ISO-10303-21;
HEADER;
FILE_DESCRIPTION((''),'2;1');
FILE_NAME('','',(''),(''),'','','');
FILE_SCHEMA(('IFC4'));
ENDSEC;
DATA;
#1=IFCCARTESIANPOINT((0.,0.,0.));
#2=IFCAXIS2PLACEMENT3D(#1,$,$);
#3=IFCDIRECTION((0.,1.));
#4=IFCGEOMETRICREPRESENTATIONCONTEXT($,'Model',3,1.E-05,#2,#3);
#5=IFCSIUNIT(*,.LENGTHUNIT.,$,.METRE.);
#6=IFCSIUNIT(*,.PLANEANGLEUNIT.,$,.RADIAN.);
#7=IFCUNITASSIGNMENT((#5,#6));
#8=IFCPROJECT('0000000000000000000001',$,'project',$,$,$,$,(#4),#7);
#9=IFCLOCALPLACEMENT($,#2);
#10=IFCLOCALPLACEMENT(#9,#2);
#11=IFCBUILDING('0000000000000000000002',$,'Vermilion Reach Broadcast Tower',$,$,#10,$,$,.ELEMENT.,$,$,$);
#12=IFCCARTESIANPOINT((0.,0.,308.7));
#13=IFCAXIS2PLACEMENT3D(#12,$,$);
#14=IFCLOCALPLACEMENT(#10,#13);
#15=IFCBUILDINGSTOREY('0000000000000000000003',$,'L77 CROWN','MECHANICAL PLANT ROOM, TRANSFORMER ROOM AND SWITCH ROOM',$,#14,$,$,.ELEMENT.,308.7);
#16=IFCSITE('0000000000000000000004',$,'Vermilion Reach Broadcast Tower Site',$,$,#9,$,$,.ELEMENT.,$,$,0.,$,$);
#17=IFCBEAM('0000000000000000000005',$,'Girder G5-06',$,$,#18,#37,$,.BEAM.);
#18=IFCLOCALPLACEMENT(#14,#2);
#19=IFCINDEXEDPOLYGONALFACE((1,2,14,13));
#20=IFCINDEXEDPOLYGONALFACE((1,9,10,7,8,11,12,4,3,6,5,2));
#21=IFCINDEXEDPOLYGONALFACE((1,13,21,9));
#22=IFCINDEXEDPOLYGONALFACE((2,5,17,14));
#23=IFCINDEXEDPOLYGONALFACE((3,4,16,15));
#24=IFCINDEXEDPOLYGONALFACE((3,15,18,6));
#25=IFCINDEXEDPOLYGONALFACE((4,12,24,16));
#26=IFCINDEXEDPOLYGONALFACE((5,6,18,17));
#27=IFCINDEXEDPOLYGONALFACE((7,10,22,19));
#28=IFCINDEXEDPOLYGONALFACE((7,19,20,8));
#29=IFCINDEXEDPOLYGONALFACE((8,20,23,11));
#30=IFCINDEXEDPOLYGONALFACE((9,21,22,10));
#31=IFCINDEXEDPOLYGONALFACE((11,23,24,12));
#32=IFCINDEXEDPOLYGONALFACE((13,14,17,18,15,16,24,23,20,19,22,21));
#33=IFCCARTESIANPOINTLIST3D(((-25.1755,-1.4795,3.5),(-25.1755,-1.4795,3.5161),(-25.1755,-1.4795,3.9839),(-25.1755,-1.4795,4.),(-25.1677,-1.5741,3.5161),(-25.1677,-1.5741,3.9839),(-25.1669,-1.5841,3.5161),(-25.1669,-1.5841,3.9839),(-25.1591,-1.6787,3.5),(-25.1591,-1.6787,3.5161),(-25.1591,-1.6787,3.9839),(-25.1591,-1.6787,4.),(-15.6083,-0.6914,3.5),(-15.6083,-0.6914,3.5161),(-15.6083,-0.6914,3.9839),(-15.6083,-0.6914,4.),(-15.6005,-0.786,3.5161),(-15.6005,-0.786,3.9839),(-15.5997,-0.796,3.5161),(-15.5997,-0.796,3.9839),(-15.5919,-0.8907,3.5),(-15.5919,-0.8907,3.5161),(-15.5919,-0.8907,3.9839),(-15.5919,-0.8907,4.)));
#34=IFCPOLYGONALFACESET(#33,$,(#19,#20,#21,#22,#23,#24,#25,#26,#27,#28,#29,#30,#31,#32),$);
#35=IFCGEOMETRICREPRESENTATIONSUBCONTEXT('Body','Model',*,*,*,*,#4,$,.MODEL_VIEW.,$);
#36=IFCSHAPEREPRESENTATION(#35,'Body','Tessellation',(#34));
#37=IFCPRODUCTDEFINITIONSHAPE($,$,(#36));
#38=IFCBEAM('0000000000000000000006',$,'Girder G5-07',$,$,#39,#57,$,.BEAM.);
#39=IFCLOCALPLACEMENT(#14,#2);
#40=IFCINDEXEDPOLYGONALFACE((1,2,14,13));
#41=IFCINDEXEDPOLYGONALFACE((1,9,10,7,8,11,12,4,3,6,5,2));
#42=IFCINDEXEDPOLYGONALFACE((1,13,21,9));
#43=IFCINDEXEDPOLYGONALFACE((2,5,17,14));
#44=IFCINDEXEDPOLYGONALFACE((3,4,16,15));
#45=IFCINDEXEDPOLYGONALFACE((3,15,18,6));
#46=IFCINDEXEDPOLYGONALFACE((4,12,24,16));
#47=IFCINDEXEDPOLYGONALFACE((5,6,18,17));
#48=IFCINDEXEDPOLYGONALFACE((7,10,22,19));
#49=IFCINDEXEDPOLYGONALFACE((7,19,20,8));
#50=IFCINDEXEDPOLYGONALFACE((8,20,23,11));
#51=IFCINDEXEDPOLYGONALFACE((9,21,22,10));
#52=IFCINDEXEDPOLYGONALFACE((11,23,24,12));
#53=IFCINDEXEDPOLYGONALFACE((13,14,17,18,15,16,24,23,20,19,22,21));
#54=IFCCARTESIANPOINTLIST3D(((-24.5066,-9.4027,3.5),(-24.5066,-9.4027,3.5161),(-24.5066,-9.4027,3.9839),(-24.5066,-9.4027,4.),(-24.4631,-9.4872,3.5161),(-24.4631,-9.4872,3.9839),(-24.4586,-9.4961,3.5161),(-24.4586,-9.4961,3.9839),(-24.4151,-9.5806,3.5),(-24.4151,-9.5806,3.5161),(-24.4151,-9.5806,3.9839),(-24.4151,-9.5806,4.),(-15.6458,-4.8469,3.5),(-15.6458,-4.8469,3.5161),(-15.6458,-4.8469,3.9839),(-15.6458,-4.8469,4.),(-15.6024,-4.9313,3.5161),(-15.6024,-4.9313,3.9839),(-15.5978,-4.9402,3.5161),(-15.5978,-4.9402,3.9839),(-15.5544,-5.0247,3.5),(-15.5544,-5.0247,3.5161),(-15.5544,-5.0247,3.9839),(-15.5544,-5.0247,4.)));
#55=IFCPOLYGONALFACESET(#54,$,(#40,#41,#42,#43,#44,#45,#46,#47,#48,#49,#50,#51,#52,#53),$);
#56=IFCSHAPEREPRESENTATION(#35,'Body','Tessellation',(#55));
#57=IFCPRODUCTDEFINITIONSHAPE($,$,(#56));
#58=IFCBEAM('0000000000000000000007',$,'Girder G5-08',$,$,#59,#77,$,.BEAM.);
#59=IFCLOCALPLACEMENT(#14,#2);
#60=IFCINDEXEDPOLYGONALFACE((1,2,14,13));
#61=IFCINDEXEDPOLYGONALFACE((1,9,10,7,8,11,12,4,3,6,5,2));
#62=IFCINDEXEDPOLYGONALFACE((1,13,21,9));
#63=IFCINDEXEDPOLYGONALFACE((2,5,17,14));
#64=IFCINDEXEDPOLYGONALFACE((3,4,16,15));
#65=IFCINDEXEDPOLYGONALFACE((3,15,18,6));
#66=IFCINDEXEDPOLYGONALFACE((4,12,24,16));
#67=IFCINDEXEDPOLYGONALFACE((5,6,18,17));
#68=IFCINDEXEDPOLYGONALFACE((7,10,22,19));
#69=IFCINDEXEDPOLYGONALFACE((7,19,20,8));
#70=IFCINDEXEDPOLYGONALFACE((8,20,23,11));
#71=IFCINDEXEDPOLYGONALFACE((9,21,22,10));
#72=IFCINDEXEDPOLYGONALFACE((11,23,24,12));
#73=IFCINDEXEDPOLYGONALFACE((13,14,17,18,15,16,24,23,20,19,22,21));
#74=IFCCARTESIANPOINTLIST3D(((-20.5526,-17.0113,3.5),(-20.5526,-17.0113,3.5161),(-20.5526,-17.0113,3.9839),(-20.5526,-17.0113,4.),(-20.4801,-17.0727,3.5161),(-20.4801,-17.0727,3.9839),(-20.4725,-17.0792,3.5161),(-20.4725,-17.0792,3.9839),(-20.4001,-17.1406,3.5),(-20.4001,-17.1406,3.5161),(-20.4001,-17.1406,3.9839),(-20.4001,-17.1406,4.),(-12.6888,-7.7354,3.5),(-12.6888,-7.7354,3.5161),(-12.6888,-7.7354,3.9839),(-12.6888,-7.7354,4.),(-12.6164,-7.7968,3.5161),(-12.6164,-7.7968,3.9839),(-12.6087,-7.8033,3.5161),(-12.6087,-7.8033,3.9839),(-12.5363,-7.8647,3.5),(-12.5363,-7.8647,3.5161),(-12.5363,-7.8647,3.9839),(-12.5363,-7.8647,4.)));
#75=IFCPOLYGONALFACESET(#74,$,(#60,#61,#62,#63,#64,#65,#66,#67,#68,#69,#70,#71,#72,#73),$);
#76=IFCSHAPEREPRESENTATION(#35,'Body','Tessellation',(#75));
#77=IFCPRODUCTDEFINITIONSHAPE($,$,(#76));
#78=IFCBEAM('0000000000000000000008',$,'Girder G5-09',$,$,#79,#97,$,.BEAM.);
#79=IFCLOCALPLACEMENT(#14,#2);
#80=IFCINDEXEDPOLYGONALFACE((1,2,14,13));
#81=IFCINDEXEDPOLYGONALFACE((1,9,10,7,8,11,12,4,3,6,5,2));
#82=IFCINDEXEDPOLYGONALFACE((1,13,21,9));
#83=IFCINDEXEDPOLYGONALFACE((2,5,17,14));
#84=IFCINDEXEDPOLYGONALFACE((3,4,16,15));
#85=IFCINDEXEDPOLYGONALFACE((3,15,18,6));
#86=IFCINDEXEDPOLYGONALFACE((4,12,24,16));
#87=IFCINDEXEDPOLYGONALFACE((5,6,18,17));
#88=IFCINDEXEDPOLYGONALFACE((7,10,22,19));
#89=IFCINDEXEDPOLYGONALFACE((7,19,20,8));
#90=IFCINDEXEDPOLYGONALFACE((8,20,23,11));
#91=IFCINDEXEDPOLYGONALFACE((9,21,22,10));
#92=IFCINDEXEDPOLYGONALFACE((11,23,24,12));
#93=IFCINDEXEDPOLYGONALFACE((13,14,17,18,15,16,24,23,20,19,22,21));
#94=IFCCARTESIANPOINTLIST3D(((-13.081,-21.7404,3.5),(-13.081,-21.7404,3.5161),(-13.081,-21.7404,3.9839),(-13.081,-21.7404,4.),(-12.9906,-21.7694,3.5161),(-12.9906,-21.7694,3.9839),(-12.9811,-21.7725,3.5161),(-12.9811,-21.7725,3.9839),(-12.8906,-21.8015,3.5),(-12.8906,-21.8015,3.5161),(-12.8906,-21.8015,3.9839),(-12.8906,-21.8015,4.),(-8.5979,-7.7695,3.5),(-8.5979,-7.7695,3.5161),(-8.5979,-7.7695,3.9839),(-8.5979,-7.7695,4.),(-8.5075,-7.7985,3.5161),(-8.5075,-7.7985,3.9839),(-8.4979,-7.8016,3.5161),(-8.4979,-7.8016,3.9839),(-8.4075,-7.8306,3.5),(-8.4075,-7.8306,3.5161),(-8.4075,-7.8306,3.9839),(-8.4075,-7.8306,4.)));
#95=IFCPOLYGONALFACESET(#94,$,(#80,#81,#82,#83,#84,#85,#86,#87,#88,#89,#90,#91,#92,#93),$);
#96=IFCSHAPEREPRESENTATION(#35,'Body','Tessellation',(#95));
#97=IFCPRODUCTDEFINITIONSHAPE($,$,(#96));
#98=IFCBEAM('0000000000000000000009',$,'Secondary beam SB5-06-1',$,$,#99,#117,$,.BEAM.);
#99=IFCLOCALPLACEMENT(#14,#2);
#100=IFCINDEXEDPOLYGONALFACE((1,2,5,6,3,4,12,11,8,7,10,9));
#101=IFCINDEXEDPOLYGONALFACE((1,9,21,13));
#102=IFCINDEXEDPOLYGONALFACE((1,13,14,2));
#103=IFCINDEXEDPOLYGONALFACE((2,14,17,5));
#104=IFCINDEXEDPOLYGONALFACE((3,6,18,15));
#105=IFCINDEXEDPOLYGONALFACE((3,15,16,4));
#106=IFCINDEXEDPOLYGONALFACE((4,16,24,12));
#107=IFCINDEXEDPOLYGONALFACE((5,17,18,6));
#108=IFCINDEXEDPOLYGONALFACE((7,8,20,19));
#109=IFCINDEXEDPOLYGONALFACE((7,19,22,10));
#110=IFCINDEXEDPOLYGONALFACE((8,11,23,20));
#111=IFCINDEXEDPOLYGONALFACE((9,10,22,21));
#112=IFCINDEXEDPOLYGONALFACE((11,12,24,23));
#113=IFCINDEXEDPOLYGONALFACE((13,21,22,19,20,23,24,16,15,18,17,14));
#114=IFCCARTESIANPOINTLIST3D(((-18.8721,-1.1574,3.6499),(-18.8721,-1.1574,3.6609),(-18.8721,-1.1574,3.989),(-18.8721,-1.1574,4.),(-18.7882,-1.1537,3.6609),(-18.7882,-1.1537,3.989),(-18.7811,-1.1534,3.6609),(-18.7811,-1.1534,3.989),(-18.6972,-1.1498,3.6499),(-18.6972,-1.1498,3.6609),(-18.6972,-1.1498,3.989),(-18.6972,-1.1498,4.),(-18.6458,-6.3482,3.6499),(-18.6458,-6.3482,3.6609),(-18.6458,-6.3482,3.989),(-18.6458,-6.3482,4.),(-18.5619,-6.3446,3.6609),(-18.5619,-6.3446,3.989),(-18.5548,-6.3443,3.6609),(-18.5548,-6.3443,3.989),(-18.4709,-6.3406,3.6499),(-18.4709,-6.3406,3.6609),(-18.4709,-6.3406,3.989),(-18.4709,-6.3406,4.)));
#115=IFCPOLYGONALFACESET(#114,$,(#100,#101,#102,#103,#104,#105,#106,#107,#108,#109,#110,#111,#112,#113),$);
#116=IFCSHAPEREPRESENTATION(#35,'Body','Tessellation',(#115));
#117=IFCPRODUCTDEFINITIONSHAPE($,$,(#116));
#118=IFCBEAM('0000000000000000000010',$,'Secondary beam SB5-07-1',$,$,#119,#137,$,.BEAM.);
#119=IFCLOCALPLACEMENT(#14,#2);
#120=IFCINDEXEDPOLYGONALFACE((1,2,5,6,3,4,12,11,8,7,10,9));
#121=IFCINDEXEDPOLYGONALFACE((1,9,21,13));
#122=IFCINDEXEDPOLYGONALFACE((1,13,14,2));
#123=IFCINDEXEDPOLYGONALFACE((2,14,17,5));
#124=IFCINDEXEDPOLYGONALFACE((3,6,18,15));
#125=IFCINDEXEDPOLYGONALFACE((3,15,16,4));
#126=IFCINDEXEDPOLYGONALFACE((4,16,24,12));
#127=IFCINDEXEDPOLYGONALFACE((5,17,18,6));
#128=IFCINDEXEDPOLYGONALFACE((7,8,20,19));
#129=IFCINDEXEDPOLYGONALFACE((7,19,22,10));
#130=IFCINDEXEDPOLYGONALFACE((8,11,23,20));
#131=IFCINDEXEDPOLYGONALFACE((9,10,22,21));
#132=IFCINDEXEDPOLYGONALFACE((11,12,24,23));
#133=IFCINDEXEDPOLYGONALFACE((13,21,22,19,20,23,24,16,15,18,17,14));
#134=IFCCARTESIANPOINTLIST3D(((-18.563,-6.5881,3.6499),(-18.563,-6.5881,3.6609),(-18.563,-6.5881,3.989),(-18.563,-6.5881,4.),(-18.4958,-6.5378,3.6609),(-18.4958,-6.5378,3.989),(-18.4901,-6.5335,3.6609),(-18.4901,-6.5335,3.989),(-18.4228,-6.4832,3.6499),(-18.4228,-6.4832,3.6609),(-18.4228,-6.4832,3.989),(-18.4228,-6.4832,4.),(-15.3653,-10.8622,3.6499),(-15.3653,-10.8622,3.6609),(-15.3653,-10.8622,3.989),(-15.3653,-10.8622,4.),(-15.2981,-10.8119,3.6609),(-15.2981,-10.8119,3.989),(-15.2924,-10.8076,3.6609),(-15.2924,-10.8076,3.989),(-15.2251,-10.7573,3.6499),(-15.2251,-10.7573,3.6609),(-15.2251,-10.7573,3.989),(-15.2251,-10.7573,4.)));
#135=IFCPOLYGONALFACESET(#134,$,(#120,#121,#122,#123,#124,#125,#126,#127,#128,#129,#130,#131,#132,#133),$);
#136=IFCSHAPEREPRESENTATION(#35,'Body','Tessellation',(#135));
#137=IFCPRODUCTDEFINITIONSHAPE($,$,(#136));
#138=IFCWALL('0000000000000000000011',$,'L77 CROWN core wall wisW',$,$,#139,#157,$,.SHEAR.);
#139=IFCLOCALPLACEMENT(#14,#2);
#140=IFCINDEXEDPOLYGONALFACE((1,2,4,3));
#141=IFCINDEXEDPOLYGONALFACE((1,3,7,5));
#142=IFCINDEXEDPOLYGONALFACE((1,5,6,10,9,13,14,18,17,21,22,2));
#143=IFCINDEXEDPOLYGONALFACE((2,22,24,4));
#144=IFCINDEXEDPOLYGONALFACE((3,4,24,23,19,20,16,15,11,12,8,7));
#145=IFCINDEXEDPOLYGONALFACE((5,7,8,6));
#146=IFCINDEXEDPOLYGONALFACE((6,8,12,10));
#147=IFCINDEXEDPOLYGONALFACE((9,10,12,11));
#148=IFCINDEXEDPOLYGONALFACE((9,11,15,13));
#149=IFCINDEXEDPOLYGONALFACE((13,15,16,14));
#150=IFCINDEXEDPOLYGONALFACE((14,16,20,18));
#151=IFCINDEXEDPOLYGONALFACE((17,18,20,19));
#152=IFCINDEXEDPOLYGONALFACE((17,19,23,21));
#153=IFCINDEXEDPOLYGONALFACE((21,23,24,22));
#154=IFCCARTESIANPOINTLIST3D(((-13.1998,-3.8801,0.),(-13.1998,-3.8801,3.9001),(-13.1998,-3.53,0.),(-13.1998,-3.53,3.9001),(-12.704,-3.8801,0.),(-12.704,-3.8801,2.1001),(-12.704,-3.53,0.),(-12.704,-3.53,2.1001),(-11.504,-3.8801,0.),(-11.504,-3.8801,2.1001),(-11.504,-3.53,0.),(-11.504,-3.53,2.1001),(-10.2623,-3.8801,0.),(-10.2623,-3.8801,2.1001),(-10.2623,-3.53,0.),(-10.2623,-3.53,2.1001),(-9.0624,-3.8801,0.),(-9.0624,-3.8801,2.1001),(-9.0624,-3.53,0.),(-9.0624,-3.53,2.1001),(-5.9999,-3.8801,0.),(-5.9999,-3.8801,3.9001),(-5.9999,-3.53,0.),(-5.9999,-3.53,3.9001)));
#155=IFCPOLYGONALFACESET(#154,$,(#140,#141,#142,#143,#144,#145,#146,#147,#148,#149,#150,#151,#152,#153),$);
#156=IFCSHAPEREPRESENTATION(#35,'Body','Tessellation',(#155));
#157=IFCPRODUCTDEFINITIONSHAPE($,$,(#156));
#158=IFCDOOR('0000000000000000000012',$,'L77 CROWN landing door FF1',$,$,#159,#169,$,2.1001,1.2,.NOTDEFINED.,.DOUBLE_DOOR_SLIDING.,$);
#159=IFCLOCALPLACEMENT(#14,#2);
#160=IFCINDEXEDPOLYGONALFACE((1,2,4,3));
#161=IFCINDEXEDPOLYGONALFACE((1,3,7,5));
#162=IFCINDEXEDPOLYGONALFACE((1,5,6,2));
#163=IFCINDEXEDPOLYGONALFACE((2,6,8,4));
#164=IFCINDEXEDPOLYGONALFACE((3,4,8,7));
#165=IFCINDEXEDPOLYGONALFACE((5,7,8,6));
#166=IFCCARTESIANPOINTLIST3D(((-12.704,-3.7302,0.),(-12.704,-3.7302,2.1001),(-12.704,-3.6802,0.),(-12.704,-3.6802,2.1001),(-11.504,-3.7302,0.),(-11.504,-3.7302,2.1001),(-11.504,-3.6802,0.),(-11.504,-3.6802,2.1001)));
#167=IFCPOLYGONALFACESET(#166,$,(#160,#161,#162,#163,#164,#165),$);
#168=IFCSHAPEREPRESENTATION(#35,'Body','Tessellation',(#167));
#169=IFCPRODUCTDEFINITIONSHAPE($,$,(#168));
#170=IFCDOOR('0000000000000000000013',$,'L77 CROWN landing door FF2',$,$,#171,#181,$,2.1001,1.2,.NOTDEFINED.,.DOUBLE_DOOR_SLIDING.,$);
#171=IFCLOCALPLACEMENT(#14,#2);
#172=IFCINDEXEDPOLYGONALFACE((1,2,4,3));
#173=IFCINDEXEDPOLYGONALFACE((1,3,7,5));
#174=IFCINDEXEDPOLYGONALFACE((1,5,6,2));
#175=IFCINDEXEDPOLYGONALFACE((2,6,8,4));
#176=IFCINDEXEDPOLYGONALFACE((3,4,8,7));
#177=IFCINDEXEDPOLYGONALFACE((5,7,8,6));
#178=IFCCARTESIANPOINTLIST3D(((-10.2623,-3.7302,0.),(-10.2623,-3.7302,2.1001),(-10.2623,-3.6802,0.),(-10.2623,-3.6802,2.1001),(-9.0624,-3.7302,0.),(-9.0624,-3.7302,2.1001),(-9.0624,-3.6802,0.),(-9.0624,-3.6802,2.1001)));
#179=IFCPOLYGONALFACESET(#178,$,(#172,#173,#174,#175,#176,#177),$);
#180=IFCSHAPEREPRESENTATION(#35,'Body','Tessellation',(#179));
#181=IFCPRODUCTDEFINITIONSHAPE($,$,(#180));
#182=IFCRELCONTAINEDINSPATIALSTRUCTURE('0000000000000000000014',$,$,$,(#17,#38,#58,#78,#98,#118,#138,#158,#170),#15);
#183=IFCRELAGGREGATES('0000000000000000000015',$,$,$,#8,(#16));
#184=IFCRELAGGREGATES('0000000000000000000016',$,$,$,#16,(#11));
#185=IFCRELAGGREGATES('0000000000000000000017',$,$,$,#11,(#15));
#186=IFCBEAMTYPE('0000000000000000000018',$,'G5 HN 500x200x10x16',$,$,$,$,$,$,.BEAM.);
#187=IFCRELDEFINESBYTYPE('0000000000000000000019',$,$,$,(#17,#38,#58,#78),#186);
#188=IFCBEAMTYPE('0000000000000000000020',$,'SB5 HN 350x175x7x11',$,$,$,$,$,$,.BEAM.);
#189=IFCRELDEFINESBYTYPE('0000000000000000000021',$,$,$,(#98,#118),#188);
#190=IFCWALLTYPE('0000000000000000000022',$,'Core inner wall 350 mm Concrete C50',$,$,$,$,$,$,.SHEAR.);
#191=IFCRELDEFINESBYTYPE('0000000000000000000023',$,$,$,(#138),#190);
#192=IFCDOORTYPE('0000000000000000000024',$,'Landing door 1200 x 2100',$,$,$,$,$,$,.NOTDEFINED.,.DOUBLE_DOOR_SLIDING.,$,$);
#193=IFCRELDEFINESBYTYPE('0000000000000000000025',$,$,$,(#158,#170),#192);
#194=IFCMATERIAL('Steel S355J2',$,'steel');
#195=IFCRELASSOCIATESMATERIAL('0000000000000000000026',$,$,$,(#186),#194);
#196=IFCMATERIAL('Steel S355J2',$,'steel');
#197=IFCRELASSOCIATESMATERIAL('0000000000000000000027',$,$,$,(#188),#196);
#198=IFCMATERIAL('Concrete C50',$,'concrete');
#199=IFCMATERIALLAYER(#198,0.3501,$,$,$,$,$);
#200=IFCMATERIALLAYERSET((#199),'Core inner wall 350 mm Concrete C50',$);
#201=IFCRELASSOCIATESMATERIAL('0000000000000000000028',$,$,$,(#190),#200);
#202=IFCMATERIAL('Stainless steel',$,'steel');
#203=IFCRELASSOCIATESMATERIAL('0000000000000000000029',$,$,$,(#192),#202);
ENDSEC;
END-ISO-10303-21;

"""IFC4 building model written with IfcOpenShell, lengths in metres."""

from ifc_helpers import new_model, si_unit, direction, frame, frame_2d, origin, origin_2d, place, context, subcontext, project, spatial, rectangle, i_section, extrude, material, layer, layer_set, material_profile, profile_set, type_object, element, fill, save


model = new_model("IFC4")

# Units and contexts
model_context = context("Model", 3, precision=1e-05, world=origin(), true_north=direction((0.0, 1.0)))
body_context = subcontext(model_context, "Body", "Model", "MODEL_VIEW")
ifc_project = project(units=[si_unit("LENGTHUNIT", "METRE"), si_unit("PLANEANGLEUNIT", "RADIAN")], contexts=[model_context])

# Site, building, storey
site_placement = place(None, origin())
site = spatial("IfcSite", under=ifc_project, at=site_placement, Name="Vermilion Reach Broadcast Tower Site", CompositionType="ELEMENT", RefElevation=0.0)
building_placement = place(site_placement, origin())
building = spatial("IfcBuilding", under=site, at=building_placement, Name="Vermilion Reach Broadcast Tower", CompositionType="ELEMENT")
storey_placement = place(building_placement, frame((0.0, 0.0, 308.7)))
storey = spatial("IfcBuildingStorey", under=building, at=storey_placement, Name="L77 CROWN", Description="MECHANICAL PLANT ROOM, TRANSFORMER ROOM AND SWITCH ROOM", CompositionType="ELEMENT", Elevation=308.7)

# Beams
ifc_material_1 = material(Name="Steel S355J2", Category="steel")
ifc_material_profile_1 = material_profile(ifc_material_1, i_section(OverallWidth=0.2, OverallDepth=0.5, WebThickness=0.01, FlangeThickness=0.0161, at=origin_2d()), Name="S355J2 HN 500x200x10x16")
ifc_profile_set_1 = profile_set([ifc_material_profile_1], Name="Steel S355J2")
beam_type_1 = type_object("IfcBeamType", Name="G5 HN 500x200x10x16", PredefinedType="BEAM", material=ifc_profile_set_1)
beam_1_placement = place(storey_placement, frame((-15.6001, -0.791, 3.75), z_axis=(-0.996624, -0.082096, 0.0), x_axis=(0.082096, -0.996624, 0.0)))
element("IfcBeam", 1, at=beam_1_placement, inside=storey, type_object=beam_type_1, Name="Girder G5-06", PredefinedType="BEAM", context=body_context, shape_type="SweptSolid", body=[
    extrude(i_section(OverallWidth=0.2, OverallDepth=0.5, WebThickness=0.01, FlangeThickness=0.0161, at=origin_2d()), origin(), (0.0, 0.0, 1.0), 9.5996),
])
beam_2_placement = place(storey_placement, frame((-15.6001, -4.9358, 3.75), z_axis=(-0.889333, -0.457261, 0.0), x_axis=(0.457261, -0.889333, 0.0)))
element("IfcBeam", 2, at=beam_2_placement, inside=storey, type_object=beam_type_1, Name="Girder G5-07", PredefinedType="BEAM", context=body_context, shape_type="SweptSolid", body=[
    extrude(i_section(OverallWidth=0.2, OverallDepth=0.5, WebThickness=0.01, FlangeThickness=0.0161, at=origin_2d()), origin(), (0.0, 0.0, 1.0), 9.9634),
])
beam_3_placement = place(storey_placement, frame((-12.6125, -7.8, 3.75), z_axis=(-0.646658, -0.76278, 0.0), x_axis=(0.76278, -0.646658, 0.0)))
element("IfcBeam", 3, at=beam_3_placement, inside=storey, type_object=beam_type_1, Name="Girder G5-08", PredefinedType="BEAM", context=body_context, shape_type="SweptSolid", body=[
    extrude(i_section(OverallWidth=0.2, OverallDepth=0.5, WebThickness=0.01, FlangeThickness=0.0161, at=origin_2d()), origin(), (0.0, 0.0, 1.0), 12.1606),
])
beam_4_placement = place(storey_placement, frame((-8.5027, -7.8, 3.75), z_axis=(-0.305545, -0.952178, 0.0), x_axis=(0.952178, -0.305545, 0.0)))
element("IfcBeam", 4, at=beam_4_placement, inside=storey, type_object=beam_type_1, Name="Girder G5-09", PredefinedType="BEAM", context=body_context, shape_type="SweptSolid", body=[
    extrude(i_section(OverallWidth=0.2, OverallDepth=0.5, WebThickness=0.01, FlangeThickness=0.0161, at=origin_2d()), origin(), (0.0, 0.0, 1.0), 14.6726),
])
ifc_material_2 = material(Name="Steel S355J2", Category="steel")
ifc_material_profile_2 = material_profile(ifc_material_2, i_section(OverallWidth=0.175, OverallDepth=0.3501, WebThickness=0.0071, FlangeThickness=0.011, at=origin_2d()), Name="S355J2 HN 350x175x7x11")
ifc_profile_set_2 = profile_set([ifc_material_profile_2], Name="Steel S355J2")
beam_type_2 = type_object("IfcBeamType", Name="SB5 HN 350x175x7x11", PredefinedType="BEAM", material=ifc_profile_set_2)
beam_5_placement = place(storey_placement, frame((-18.7847, -1.1536, 3.825), z_axis=(0.043558, -0.999051, 0.0), x_axis=(0.999051, 0.043558, 0.0)))
element("IfcBeam", 5, at=beam_5_placement, inside=storey, type_object=beam_type_2, Name="Secondary beam SB5-06-1", PredefinedType="BEAM", context=body_context, shape_type="SweptSolid", body=[
    extrude(i_section(OverallWidth=0.175, OverallDepth=0.3501, WebThickness=0.0071, FlangeThickness=0.011, at=origin_2d()), origin(), (0.0, 0.0, 1.0), 5.1958),
])
beam_6_placement = place(storey_placement, frame((-18.4929, -6.5356, 3.825), z_axis=(0.599056, -0.800707, 0.0), x_axis=(0.800707, 0.599056, 0.0)))
element("IfcBeam", 6, at=beam_6_placement, inside=storey, type_object=beam_type_2, Name="Secondary beam SB5-07-1", PredefinedType="BEAM", context=body_context, shape_type="SweptSolid", body=[
    extrude(i_section(OverallWidth=0.175, OverallDepth=0.3501, WebThickness=0.0071, FlangeThickness=0.011, at=origin_2d()), origin(), (0.0, 0.0, 1.0), 5.3379),
])

# Wall, openings, doors
ifc_material_3 = material(Name="Concrete C50", Category="concrete")
ifc_layer_1 = layer(ifc_material_3, 0.3501)
ifc_layer_set_1 = layer_set([ifc_layer_1], Name="Core inner wall 350 mm Concrete C50")
wall_type_1 = type_object("IfcWallType", Name="Core inner wall 350 mm Concrete C50", PredefinedType="SHEAR", material=ifc_layer_set_1)
wall_1_placement = place(storey_placement, frame((-13.2, -3.7051, 0.0), z_axis=(0.0, 0.0, 1.0), x_axis=(1.0, 0.0, 0.0)))
wall_1 = element("IfcWall", 7, at=wall_1_placement, inside=storey, type_object=wall_type_1, Name="L77 CROWN core wall wisW", PredefinedType="SHEAR", context=body_context, shape_type="SweptSolid", body=[
    extrude(rectangle(XDim=7.2, YDim=0.3501, at=frame_2d((3.6001, 0.0))), origin(), (0.0, 0.0, 1.0), 3.9001),
])
opening_1_placement = place(wall_1_placement, frame((0.4958, 0.0, 0.0)))
opening_1 = element("IfcOpeningElement", 8, at=opening_1_placement, cuts=wall_1, PredefinedType="OPENING", context=body_context, shape_type="SweptSolid", body=[
    extrude(rectangle(XDim=1.2, YDim=2.1001, at=frame_2d((0.6001, 1.05))), frame((0.0, 0.1851, 0.0), z_axis=(0.0, -1.0, 0.0), x_axis=(1.0, 0.0, 0.0)), (0.0, 0.0, 1.0), 0.3701),
])
opening_2_placement = place(wall_1_placement, frame((2.9375, 0.0, 0.0)))
opening_2 = element("IfcOpeningElement", 9, at=opening_2_placement, cuts=wall_1, PredefinedType="OPENING", context=body_context, shape_type="SweptSolid", body=[
    extrude(rectangle(XDim=1.2, YDim=2.1001, at=frame_2d((0.6001, 1.05))), frame((0.0, 0.1851, 0.0), z_axis=(0.0, -1.0, 0.0), x_axis=(1.0, 0.0, 0.0)), (0.0, 0.0, 1.0), 0.3701),
])
ifc_material_4 = material(Name="Stainless steel", Category="steel")
door_type_1 = type_object("IfcDoorType", Name="Landing door 1200 x 2100", OperationType="DOUBLE_DOOR_SLIDING", PredefinedType="NOTDEFINED", material=ifc_material_4)
door_1_placement = place(opening_1_placement, origin())
door_1 = element("IfcDoor", 10, at=door_1_placement, inside=storey, type_object=door_type_1, Name="L77 CROWN landing door FF1", OperationType="DOUBLE_DOOR_SLIDING", OverallHeight=2.1001, OverallWidth=1.2, PredefinedType="NOTDEFINED", context=body_context, shape_type="SweptSolid", body=[
    extrude(rectangle(XDim=1.2, YDim=2.1001, at=frame_2d((0.6001, 1.05))), frame((0.0, 0.0249, 0.0), z_axis=(0.0, -1.0, 0.0), x_axis=(1.0, 0.0, 0.0)), (0.0, 0.0, 1.0), 0.05),
])
fill(opening_1, door_1)
door_2_placement = place(opening_2_placement, origin())
door_2 = element("IfcDoor", 11, at=door_2_placement, inside=storey, type_object=door_type_1, Name="L77 CROWN landing door FF2", OperationType="DOUBLE_DOOR_SLIDING", OverallHeight=2.1001, OverallWidth=1.2, PredefinedType="NOTDEFINED", context=body_context, shape_type="SweptSolid", body=[
    extrude(rectangle(XDim=1.2, YDim=2.1001, at=frame_2d((0.6001, 1.05))), frame((0.0, 0.0249, 0.0), z_axis=(0.0, -1.0, 0.0), x_axis=(1.0, 0.0, 0.0)), (0.0, 0.0, 1.0), 0.05),
])
fill(opening_2, door_2)

save(model, "model.ifc")
